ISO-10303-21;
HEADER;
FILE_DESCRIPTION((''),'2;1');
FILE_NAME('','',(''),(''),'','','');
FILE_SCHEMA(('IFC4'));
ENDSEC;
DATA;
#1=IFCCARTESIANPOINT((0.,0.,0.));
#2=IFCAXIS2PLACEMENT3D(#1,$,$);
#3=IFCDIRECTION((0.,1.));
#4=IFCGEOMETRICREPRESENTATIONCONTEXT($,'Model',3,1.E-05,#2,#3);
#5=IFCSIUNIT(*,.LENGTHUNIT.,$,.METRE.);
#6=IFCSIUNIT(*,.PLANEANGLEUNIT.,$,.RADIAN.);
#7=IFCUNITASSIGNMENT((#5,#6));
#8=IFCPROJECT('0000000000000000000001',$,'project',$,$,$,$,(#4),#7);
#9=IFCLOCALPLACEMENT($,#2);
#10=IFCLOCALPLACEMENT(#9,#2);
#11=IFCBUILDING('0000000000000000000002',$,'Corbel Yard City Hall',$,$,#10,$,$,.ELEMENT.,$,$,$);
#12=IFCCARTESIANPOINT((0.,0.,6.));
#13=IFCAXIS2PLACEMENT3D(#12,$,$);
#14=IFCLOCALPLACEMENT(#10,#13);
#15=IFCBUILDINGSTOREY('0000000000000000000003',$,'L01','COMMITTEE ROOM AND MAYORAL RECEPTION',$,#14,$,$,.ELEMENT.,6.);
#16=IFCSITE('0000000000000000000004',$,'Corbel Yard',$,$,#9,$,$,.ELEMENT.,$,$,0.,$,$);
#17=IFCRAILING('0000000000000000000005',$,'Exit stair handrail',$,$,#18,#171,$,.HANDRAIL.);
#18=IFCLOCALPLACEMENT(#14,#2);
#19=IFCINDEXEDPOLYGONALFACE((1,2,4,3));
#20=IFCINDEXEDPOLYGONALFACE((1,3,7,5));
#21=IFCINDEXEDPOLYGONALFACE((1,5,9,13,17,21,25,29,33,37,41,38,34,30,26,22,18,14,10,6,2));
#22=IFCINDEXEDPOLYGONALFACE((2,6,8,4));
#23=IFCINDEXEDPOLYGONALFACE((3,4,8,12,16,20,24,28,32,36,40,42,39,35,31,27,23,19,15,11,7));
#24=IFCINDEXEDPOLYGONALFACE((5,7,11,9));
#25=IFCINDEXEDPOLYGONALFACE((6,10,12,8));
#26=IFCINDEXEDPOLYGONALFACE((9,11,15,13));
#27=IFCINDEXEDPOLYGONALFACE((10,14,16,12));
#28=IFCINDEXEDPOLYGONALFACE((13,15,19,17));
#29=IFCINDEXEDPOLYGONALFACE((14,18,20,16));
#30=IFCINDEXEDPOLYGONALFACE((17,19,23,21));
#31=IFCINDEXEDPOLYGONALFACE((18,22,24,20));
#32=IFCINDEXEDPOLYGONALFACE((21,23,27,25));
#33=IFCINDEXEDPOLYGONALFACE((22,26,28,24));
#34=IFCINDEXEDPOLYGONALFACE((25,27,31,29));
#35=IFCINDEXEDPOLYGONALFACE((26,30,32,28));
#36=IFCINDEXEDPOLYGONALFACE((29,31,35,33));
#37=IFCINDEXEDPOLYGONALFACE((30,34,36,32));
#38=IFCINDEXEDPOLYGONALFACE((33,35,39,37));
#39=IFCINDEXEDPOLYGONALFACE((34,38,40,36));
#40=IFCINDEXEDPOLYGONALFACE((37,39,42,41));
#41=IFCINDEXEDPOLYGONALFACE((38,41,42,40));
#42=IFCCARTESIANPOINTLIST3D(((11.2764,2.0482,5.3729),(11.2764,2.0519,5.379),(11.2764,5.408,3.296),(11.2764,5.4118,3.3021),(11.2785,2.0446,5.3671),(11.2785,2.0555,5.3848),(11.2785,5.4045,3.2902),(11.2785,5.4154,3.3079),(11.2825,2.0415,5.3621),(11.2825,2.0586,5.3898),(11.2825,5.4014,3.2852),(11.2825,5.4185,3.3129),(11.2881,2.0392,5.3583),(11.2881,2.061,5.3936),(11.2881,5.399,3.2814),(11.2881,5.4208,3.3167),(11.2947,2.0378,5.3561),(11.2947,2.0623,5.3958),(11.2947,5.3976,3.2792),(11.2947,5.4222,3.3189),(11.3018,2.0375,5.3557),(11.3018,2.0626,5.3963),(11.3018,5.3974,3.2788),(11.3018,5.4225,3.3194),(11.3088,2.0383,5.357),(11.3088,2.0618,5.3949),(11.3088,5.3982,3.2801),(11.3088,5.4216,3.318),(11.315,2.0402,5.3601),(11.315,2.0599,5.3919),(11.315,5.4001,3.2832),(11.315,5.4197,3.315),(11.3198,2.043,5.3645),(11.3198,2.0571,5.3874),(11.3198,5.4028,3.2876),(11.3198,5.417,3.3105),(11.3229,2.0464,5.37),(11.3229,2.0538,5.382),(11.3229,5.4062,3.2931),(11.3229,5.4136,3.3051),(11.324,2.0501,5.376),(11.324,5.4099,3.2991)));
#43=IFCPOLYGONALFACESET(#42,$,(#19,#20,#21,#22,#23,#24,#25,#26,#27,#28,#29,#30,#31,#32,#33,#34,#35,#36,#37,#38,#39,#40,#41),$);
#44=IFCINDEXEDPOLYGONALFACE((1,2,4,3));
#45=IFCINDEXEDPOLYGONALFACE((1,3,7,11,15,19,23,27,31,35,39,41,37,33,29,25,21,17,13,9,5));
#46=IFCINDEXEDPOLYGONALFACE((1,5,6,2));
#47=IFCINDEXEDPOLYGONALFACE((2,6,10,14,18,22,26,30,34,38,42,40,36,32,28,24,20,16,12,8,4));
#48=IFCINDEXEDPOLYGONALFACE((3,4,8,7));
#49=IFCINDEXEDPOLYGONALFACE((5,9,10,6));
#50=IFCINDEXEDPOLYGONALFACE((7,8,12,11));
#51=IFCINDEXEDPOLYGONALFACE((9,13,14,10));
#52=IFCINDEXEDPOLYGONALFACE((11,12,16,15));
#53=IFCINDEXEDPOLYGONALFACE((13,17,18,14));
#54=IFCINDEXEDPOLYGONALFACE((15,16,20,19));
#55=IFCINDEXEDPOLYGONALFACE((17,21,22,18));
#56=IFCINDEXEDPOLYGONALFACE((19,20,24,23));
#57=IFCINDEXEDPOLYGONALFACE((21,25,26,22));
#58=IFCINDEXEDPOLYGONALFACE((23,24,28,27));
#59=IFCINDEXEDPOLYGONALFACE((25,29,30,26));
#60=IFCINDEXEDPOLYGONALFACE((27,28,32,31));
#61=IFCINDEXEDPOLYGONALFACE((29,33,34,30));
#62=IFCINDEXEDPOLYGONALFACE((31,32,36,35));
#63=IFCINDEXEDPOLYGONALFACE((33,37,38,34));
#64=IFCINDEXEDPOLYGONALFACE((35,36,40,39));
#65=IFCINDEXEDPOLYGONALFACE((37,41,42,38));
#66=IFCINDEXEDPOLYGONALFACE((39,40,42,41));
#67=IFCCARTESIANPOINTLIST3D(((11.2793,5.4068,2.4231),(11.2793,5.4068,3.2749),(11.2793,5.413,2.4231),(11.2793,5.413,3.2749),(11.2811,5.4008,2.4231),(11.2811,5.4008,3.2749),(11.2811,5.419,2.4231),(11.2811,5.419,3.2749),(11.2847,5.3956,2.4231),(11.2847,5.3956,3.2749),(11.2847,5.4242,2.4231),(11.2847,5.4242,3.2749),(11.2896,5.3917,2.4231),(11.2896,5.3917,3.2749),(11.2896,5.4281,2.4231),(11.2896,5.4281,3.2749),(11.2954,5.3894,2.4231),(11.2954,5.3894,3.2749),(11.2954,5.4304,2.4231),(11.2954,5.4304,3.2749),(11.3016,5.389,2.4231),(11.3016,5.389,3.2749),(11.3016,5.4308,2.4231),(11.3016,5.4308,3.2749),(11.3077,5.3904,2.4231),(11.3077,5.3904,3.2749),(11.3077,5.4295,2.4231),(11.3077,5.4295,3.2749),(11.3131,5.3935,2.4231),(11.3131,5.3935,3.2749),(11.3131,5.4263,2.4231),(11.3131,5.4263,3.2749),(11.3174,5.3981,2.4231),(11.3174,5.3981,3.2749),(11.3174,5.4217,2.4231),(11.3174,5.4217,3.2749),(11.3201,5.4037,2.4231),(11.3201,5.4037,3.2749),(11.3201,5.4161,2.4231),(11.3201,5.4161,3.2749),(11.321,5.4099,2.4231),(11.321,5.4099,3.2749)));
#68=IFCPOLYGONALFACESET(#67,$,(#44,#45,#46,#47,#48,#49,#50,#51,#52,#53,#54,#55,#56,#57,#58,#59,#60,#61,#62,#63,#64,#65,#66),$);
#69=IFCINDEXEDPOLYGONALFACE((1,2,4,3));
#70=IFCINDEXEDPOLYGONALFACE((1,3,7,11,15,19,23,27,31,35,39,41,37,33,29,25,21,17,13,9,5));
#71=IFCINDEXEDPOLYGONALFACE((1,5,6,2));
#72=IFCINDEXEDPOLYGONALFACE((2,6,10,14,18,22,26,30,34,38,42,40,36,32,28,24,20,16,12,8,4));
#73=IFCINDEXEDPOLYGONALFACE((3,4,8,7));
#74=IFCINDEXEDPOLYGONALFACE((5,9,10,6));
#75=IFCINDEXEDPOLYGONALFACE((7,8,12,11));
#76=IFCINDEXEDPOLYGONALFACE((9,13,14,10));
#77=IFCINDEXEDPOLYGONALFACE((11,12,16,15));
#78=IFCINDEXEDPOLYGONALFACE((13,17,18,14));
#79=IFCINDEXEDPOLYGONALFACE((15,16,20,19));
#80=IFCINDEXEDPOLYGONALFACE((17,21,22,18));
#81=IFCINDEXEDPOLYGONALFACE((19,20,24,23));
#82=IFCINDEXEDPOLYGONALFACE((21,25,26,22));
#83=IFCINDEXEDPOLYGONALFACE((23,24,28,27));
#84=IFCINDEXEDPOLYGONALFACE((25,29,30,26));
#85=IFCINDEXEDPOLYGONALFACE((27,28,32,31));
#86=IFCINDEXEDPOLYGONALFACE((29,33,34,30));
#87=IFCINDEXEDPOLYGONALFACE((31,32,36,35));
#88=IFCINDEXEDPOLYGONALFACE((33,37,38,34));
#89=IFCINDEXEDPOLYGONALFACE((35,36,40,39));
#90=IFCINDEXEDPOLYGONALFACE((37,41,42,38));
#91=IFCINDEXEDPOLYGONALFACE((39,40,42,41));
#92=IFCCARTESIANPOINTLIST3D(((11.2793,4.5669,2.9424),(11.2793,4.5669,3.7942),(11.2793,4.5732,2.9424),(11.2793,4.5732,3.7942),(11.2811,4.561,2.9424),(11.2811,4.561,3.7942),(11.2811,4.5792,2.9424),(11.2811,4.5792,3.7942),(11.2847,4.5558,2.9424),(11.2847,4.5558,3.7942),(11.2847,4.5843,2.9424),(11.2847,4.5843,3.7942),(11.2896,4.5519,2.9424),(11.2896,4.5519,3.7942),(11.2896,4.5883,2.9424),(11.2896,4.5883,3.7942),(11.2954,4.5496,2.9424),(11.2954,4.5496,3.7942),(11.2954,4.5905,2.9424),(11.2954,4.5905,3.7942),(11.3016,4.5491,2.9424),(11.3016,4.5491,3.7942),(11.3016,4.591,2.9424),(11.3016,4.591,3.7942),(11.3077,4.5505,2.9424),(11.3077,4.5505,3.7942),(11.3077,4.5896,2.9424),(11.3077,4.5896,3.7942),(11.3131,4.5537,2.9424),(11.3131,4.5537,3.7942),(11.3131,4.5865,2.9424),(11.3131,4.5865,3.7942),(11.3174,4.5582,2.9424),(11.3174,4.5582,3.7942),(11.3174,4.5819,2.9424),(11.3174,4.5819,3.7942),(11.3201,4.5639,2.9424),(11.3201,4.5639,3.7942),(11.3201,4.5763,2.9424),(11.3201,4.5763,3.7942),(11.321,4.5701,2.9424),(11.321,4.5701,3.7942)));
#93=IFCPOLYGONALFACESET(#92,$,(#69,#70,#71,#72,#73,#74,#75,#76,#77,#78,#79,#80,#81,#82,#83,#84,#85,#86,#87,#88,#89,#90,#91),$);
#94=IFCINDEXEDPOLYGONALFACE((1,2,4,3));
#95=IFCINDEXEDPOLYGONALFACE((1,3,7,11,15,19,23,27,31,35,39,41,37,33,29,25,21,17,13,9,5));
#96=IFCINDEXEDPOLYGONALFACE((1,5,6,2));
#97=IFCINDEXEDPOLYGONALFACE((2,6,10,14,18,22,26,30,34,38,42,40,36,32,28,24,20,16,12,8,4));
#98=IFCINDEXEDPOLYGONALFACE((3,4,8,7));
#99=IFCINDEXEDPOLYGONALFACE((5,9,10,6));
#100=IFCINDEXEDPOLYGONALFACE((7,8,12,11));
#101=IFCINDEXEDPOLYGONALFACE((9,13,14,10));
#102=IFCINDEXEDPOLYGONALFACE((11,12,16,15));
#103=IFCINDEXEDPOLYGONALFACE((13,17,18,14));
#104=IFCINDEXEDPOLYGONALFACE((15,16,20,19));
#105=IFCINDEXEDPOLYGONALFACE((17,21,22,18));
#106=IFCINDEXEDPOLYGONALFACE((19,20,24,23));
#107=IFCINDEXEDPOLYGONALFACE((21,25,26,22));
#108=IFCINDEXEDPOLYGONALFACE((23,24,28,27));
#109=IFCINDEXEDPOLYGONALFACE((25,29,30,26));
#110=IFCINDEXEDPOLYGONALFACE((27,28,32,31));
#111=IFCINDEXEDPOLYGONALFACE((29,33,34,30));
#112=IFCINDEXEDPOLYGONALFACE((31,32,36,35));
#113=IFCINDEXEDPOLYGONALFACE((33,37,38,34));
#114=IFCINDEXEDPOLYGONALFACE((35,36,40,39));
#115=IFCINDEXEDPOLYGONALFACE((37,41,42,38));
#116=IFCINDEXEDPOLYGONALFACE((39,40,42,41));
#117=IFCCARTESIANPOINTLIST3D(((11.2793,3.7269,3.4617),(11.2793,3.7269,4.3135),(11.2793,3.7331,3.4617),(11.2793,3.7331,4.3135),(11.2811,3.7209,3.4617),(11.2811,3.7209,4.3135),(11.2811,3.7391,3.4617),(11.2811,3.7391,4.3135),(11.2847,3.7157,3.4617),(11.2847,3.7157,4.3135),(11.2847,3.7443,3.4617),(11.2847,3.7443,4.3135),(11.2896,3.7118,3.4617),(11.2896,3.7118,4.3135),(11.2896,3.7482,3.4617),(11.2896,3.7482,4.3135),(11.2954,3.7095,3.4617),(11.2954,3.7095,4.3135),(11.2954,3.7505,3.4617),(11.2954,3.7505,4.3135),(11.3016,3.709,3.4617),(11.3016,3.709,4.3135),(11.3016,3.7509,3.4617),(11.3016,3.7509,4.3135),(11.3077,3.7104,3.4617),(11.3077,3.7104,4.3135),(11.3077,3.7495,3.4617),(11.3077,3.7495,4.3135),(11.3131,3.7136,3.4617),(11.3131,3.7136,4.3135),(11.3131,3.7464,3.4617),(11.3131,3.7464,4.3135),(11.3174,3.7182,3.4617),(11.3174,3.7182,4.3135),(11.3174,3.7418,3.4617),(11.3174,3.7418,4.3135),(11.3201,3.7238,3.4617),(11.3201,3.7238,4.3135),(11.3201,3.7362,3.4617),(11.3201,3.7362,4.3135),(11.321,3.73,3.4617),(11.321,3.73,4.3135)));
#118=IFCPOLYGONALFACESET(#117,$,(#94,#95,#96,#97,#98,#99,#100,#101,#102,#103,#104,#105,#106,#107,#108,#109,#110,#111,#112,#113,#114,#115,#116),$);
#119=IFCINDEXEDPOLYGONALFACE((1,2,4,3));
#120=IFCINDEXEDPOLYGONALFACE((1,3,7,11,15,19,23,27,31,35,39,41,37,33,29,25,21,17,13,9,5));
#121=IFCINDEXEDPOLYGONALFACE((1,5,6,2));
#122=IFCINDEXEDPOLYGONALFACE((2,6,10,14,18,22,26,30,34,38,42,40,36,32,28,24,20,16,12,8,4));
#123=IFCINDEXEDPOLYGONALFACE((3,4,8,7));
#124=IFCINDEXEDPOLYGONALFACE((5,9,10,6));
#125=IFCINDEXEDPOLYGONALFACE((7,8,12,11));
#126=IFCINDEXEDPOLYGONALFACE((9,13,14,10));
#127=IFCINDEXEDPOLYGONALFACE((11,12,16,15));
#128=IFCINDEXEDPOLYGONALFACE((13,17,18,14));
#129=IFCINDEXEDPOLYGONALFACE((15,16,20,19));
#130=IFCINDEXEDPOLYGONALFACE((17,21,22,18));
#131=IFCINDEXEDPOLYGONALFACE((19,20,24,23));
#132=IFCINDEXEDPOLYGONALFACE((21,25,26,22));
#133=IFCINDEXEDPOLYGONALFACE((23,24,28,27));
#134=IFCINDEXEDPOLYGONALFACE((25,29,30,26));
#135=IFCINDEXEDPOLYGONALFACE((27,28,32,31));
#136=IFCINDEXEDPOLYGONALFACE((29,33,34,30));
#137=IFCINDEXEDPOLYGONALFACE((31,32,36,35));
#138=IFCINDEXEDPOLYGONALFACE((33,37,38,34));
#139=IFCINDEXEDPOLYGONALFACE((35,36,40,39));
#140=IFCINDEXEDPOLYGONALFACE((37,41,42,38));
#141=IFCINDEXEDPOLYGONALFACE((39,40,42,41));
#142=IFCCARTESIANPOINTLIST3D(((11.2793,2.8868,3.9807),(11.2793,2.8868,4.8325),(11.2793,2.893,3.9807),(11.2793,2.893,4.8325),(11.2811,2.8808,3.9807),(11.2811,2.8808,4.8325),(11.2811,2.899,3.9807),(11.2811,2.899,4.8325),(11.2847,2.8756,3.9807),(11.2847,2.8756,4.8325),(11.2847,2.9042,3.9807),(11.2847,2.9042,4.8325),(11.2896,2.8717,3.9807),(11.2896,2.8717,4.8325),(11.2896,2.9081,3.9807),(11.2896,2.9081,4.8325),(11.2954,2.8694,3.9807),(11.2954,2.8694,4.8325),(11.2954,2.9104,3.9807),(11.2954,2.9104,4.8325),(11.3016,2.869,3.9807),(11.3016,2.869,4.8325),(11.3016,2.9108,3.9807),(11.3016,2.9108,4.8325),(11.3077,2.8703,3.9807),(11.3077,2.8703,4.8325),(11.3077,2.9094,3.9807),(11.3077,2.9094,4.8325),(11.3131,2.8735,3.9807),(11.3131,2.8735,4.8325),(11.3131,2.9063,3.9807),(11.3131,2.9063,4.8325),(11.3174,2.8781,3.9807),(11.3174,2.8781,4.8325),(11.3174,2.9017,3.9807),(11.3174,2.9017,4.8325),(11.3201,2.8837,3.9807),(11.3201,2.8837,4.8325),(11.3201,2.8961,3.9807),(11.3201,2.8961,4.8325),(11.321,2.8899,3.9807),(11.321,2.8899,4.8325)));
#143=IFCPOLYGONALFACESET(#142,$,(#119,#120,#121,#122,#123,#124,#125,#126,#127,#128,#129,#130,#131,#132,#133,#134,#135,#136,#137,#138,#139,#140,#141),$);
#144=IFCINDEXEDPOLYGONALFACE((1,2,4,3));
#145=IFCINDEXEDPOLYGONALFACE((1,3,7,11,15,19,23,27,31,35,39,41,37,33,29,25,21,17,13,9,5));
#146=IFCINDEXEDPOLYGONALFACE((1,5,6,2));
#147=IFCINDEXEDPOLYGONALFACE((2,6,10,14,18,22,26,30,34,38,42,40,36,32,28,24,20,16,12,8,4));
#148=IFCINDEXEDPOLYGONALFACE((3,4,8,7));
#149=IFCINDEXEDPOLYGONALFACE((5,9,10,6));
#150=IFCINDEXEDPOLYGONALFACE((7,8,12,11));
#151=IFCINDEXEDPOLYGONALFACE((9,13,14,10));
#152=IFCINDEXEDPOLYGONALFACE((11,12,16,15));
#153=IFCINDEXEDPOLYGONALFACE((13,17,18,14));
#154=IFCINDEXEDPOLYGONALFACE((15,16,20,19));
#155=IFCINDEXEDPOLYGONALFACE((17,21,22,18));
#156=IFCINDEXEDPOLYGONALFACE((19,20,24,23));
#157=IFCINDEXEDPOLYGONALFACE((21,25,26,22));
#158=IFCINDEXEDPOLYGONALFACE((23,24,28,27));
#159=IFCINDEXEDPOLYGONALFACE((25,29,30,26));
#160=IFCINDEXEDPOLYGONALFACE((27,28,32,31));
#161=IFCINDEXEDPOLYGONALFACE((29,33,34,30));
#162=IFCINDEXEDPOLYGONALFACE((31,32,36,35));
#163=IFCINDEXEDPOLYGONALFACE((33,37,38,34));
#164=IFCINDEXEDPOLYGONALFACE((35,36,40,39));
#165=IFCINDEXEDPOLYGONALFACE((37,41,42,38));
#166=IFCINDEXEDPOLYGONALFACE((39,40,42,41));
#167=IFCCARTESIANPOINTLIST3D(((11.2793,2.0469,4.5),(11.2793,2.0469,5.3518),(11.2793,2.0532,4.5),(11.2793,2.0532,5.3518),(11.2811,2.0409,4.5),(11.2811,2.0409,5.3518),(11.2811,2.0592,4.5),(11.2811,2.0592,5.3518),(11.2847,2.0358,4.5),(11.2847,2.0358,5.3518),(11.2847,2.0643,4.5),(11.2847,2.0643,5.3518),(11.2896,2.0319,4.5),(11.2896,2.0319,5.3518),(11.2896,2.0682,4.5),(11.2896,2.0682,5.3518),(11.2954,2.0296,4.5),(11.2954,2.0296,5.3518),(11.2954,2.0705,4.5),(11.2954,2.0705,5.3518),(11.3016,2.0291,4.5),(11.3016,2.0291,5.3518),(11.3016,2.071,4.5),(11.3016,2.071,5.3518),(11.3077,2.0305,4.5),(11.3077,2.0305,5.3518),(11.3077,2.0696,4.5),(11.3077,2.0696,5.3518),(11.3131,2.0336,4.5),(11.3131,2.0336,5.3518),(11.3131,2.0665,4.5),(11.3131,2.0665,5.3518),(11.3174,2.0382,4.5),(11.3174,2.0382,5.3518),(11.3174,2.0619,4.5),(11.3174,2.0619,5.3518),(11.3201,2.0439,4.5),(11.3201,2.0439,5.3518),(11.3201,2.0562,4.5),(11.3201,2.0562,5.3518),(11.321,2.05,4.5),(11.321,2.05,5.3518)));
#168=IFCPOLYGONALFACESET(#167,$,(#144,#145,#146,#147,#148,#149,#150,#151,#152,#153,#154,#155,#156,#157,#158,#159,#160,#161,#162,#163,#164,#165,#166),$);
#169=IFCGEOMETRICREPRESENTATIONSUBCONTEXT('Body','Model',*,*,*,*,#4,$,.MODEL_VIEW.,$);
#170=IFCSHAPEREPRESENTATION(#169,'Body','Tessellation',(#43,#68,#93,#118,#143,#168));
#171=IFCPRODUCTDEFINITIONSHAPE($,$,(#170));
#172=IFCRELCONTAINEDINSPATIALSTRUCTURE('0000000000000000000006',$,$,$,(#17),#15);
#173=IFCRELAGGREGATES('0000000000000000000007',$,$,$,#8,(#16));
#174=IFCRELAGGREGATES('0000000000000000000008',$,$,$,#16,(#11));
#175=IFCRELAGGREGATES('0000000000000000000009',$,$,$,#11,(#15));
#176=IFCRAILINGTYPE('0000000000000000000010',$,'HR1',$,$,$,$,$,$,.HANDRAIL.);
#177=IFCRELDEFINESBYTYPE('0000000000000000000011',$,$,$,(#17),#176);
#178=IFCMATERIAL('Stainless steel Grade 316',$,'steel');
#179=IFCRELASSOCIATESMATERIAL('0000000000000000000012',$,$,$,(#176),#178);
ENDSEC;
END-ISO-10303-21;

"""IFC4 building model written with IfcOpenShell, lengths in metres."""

from ifc_helpers import new_model, si_unit, direction, frame, origin, origin_2d, place, context, subcontext, project, spatial, circle, extrude, material, type_object, element, save


model = new_model("IFC4")

# Units and contexts
model_context = context("Model", 3, precision=1e-05, world=origin(), true_north=direction((0.0, 1.0)))
body_context = subcontext(model_context, "Body", "Model", "MODEL_VIEW")
ifc_project = project(units=[si_unit("LENGTHUNIT", "METRE"), si_unit("PLANEANGLEUNIT", "RADIAN")], contexts=[model_context])

# Site, building, storey
site_placement = place(None, origin())
site = spatial("IfcSite", under=ifc_project, at=site_placement, Name="Corbel Yard", CompositionType="ELEMENT", RefElevation=0.0)
building_placement = place(site_placement, origin())
building = spatial("IfcBuilding", under=site, at=building_placement, Name="Corbel Yard City Hall", CompositionType="ELEMENT")
storey_placement = place(building_placement, frame((0.0, 0.0, 6.0)))
storey = spatial("IfcBuildingStorey", under=building, at=storey_placement, Name="L01", Description="COMMITTEE ROOM AND MAYORAL RECEPTION", CompositionType="ELEMENT", Elevation=6.0)

# Shared definitions
ifc_material_1 = material(Name="Stainless steel Grade 316", Category="steel")

# Railing
railing_type_1 = type_object("IfcRailingType", Name="HR1", PredefinedType="HANDRAIL", material=ifc_material_1)
for number, where, name in (
    (1, (11.3, 5.4099, 2.4231), "Exit stair handrail"),
):
    element("IfcRailing", number, at=place(storey_placement, frame(where)), inside=storey, type_object=railing_type_1, Name=name, PredefinedType="HANDRAIL", context=body_context, shape_type="SweptSolid", body=[
        extrude(circle(Radius=0.0239, at=origin_2d()), frame((0.0, 0.0, 0.876), z_axis=(0.0, -0.850606, 0.525803), x_axis=(1.0, 0.0, 0.0)), (0.0, 0.0, 1.0), 3.95),
        extrude(circle(Radius=0.021, at=origin_2d()), origin(), (0.0, 0.0, 1.0), 0.8518),
        extrude(circle(Radius=0.021, at=origin_2d()), frame((0.0, -0.8398, 0.5193)), (0.0, 0.0, 1.0), 0.8518),
        extrude(circle(Radius=0.021, at=origin_2d()), frame((0.0, -1.6799, 1.0386)), (0.0, 0.0, 1.0), 0.8518),
        extrude(circle(Radius=0.021, at=origin_2d()), frame((0.0, -2.52, 1.5576)), (0.0, 0.0, 1.0), 0.8518),
        extrude(circle(Radius=0.021, at=origin_2d()), frame((0.0, -3.3599, 2.0769)), (0.0, 0.0, 1.0), 0.8518),
    ])

save(model, "model.ifc")
